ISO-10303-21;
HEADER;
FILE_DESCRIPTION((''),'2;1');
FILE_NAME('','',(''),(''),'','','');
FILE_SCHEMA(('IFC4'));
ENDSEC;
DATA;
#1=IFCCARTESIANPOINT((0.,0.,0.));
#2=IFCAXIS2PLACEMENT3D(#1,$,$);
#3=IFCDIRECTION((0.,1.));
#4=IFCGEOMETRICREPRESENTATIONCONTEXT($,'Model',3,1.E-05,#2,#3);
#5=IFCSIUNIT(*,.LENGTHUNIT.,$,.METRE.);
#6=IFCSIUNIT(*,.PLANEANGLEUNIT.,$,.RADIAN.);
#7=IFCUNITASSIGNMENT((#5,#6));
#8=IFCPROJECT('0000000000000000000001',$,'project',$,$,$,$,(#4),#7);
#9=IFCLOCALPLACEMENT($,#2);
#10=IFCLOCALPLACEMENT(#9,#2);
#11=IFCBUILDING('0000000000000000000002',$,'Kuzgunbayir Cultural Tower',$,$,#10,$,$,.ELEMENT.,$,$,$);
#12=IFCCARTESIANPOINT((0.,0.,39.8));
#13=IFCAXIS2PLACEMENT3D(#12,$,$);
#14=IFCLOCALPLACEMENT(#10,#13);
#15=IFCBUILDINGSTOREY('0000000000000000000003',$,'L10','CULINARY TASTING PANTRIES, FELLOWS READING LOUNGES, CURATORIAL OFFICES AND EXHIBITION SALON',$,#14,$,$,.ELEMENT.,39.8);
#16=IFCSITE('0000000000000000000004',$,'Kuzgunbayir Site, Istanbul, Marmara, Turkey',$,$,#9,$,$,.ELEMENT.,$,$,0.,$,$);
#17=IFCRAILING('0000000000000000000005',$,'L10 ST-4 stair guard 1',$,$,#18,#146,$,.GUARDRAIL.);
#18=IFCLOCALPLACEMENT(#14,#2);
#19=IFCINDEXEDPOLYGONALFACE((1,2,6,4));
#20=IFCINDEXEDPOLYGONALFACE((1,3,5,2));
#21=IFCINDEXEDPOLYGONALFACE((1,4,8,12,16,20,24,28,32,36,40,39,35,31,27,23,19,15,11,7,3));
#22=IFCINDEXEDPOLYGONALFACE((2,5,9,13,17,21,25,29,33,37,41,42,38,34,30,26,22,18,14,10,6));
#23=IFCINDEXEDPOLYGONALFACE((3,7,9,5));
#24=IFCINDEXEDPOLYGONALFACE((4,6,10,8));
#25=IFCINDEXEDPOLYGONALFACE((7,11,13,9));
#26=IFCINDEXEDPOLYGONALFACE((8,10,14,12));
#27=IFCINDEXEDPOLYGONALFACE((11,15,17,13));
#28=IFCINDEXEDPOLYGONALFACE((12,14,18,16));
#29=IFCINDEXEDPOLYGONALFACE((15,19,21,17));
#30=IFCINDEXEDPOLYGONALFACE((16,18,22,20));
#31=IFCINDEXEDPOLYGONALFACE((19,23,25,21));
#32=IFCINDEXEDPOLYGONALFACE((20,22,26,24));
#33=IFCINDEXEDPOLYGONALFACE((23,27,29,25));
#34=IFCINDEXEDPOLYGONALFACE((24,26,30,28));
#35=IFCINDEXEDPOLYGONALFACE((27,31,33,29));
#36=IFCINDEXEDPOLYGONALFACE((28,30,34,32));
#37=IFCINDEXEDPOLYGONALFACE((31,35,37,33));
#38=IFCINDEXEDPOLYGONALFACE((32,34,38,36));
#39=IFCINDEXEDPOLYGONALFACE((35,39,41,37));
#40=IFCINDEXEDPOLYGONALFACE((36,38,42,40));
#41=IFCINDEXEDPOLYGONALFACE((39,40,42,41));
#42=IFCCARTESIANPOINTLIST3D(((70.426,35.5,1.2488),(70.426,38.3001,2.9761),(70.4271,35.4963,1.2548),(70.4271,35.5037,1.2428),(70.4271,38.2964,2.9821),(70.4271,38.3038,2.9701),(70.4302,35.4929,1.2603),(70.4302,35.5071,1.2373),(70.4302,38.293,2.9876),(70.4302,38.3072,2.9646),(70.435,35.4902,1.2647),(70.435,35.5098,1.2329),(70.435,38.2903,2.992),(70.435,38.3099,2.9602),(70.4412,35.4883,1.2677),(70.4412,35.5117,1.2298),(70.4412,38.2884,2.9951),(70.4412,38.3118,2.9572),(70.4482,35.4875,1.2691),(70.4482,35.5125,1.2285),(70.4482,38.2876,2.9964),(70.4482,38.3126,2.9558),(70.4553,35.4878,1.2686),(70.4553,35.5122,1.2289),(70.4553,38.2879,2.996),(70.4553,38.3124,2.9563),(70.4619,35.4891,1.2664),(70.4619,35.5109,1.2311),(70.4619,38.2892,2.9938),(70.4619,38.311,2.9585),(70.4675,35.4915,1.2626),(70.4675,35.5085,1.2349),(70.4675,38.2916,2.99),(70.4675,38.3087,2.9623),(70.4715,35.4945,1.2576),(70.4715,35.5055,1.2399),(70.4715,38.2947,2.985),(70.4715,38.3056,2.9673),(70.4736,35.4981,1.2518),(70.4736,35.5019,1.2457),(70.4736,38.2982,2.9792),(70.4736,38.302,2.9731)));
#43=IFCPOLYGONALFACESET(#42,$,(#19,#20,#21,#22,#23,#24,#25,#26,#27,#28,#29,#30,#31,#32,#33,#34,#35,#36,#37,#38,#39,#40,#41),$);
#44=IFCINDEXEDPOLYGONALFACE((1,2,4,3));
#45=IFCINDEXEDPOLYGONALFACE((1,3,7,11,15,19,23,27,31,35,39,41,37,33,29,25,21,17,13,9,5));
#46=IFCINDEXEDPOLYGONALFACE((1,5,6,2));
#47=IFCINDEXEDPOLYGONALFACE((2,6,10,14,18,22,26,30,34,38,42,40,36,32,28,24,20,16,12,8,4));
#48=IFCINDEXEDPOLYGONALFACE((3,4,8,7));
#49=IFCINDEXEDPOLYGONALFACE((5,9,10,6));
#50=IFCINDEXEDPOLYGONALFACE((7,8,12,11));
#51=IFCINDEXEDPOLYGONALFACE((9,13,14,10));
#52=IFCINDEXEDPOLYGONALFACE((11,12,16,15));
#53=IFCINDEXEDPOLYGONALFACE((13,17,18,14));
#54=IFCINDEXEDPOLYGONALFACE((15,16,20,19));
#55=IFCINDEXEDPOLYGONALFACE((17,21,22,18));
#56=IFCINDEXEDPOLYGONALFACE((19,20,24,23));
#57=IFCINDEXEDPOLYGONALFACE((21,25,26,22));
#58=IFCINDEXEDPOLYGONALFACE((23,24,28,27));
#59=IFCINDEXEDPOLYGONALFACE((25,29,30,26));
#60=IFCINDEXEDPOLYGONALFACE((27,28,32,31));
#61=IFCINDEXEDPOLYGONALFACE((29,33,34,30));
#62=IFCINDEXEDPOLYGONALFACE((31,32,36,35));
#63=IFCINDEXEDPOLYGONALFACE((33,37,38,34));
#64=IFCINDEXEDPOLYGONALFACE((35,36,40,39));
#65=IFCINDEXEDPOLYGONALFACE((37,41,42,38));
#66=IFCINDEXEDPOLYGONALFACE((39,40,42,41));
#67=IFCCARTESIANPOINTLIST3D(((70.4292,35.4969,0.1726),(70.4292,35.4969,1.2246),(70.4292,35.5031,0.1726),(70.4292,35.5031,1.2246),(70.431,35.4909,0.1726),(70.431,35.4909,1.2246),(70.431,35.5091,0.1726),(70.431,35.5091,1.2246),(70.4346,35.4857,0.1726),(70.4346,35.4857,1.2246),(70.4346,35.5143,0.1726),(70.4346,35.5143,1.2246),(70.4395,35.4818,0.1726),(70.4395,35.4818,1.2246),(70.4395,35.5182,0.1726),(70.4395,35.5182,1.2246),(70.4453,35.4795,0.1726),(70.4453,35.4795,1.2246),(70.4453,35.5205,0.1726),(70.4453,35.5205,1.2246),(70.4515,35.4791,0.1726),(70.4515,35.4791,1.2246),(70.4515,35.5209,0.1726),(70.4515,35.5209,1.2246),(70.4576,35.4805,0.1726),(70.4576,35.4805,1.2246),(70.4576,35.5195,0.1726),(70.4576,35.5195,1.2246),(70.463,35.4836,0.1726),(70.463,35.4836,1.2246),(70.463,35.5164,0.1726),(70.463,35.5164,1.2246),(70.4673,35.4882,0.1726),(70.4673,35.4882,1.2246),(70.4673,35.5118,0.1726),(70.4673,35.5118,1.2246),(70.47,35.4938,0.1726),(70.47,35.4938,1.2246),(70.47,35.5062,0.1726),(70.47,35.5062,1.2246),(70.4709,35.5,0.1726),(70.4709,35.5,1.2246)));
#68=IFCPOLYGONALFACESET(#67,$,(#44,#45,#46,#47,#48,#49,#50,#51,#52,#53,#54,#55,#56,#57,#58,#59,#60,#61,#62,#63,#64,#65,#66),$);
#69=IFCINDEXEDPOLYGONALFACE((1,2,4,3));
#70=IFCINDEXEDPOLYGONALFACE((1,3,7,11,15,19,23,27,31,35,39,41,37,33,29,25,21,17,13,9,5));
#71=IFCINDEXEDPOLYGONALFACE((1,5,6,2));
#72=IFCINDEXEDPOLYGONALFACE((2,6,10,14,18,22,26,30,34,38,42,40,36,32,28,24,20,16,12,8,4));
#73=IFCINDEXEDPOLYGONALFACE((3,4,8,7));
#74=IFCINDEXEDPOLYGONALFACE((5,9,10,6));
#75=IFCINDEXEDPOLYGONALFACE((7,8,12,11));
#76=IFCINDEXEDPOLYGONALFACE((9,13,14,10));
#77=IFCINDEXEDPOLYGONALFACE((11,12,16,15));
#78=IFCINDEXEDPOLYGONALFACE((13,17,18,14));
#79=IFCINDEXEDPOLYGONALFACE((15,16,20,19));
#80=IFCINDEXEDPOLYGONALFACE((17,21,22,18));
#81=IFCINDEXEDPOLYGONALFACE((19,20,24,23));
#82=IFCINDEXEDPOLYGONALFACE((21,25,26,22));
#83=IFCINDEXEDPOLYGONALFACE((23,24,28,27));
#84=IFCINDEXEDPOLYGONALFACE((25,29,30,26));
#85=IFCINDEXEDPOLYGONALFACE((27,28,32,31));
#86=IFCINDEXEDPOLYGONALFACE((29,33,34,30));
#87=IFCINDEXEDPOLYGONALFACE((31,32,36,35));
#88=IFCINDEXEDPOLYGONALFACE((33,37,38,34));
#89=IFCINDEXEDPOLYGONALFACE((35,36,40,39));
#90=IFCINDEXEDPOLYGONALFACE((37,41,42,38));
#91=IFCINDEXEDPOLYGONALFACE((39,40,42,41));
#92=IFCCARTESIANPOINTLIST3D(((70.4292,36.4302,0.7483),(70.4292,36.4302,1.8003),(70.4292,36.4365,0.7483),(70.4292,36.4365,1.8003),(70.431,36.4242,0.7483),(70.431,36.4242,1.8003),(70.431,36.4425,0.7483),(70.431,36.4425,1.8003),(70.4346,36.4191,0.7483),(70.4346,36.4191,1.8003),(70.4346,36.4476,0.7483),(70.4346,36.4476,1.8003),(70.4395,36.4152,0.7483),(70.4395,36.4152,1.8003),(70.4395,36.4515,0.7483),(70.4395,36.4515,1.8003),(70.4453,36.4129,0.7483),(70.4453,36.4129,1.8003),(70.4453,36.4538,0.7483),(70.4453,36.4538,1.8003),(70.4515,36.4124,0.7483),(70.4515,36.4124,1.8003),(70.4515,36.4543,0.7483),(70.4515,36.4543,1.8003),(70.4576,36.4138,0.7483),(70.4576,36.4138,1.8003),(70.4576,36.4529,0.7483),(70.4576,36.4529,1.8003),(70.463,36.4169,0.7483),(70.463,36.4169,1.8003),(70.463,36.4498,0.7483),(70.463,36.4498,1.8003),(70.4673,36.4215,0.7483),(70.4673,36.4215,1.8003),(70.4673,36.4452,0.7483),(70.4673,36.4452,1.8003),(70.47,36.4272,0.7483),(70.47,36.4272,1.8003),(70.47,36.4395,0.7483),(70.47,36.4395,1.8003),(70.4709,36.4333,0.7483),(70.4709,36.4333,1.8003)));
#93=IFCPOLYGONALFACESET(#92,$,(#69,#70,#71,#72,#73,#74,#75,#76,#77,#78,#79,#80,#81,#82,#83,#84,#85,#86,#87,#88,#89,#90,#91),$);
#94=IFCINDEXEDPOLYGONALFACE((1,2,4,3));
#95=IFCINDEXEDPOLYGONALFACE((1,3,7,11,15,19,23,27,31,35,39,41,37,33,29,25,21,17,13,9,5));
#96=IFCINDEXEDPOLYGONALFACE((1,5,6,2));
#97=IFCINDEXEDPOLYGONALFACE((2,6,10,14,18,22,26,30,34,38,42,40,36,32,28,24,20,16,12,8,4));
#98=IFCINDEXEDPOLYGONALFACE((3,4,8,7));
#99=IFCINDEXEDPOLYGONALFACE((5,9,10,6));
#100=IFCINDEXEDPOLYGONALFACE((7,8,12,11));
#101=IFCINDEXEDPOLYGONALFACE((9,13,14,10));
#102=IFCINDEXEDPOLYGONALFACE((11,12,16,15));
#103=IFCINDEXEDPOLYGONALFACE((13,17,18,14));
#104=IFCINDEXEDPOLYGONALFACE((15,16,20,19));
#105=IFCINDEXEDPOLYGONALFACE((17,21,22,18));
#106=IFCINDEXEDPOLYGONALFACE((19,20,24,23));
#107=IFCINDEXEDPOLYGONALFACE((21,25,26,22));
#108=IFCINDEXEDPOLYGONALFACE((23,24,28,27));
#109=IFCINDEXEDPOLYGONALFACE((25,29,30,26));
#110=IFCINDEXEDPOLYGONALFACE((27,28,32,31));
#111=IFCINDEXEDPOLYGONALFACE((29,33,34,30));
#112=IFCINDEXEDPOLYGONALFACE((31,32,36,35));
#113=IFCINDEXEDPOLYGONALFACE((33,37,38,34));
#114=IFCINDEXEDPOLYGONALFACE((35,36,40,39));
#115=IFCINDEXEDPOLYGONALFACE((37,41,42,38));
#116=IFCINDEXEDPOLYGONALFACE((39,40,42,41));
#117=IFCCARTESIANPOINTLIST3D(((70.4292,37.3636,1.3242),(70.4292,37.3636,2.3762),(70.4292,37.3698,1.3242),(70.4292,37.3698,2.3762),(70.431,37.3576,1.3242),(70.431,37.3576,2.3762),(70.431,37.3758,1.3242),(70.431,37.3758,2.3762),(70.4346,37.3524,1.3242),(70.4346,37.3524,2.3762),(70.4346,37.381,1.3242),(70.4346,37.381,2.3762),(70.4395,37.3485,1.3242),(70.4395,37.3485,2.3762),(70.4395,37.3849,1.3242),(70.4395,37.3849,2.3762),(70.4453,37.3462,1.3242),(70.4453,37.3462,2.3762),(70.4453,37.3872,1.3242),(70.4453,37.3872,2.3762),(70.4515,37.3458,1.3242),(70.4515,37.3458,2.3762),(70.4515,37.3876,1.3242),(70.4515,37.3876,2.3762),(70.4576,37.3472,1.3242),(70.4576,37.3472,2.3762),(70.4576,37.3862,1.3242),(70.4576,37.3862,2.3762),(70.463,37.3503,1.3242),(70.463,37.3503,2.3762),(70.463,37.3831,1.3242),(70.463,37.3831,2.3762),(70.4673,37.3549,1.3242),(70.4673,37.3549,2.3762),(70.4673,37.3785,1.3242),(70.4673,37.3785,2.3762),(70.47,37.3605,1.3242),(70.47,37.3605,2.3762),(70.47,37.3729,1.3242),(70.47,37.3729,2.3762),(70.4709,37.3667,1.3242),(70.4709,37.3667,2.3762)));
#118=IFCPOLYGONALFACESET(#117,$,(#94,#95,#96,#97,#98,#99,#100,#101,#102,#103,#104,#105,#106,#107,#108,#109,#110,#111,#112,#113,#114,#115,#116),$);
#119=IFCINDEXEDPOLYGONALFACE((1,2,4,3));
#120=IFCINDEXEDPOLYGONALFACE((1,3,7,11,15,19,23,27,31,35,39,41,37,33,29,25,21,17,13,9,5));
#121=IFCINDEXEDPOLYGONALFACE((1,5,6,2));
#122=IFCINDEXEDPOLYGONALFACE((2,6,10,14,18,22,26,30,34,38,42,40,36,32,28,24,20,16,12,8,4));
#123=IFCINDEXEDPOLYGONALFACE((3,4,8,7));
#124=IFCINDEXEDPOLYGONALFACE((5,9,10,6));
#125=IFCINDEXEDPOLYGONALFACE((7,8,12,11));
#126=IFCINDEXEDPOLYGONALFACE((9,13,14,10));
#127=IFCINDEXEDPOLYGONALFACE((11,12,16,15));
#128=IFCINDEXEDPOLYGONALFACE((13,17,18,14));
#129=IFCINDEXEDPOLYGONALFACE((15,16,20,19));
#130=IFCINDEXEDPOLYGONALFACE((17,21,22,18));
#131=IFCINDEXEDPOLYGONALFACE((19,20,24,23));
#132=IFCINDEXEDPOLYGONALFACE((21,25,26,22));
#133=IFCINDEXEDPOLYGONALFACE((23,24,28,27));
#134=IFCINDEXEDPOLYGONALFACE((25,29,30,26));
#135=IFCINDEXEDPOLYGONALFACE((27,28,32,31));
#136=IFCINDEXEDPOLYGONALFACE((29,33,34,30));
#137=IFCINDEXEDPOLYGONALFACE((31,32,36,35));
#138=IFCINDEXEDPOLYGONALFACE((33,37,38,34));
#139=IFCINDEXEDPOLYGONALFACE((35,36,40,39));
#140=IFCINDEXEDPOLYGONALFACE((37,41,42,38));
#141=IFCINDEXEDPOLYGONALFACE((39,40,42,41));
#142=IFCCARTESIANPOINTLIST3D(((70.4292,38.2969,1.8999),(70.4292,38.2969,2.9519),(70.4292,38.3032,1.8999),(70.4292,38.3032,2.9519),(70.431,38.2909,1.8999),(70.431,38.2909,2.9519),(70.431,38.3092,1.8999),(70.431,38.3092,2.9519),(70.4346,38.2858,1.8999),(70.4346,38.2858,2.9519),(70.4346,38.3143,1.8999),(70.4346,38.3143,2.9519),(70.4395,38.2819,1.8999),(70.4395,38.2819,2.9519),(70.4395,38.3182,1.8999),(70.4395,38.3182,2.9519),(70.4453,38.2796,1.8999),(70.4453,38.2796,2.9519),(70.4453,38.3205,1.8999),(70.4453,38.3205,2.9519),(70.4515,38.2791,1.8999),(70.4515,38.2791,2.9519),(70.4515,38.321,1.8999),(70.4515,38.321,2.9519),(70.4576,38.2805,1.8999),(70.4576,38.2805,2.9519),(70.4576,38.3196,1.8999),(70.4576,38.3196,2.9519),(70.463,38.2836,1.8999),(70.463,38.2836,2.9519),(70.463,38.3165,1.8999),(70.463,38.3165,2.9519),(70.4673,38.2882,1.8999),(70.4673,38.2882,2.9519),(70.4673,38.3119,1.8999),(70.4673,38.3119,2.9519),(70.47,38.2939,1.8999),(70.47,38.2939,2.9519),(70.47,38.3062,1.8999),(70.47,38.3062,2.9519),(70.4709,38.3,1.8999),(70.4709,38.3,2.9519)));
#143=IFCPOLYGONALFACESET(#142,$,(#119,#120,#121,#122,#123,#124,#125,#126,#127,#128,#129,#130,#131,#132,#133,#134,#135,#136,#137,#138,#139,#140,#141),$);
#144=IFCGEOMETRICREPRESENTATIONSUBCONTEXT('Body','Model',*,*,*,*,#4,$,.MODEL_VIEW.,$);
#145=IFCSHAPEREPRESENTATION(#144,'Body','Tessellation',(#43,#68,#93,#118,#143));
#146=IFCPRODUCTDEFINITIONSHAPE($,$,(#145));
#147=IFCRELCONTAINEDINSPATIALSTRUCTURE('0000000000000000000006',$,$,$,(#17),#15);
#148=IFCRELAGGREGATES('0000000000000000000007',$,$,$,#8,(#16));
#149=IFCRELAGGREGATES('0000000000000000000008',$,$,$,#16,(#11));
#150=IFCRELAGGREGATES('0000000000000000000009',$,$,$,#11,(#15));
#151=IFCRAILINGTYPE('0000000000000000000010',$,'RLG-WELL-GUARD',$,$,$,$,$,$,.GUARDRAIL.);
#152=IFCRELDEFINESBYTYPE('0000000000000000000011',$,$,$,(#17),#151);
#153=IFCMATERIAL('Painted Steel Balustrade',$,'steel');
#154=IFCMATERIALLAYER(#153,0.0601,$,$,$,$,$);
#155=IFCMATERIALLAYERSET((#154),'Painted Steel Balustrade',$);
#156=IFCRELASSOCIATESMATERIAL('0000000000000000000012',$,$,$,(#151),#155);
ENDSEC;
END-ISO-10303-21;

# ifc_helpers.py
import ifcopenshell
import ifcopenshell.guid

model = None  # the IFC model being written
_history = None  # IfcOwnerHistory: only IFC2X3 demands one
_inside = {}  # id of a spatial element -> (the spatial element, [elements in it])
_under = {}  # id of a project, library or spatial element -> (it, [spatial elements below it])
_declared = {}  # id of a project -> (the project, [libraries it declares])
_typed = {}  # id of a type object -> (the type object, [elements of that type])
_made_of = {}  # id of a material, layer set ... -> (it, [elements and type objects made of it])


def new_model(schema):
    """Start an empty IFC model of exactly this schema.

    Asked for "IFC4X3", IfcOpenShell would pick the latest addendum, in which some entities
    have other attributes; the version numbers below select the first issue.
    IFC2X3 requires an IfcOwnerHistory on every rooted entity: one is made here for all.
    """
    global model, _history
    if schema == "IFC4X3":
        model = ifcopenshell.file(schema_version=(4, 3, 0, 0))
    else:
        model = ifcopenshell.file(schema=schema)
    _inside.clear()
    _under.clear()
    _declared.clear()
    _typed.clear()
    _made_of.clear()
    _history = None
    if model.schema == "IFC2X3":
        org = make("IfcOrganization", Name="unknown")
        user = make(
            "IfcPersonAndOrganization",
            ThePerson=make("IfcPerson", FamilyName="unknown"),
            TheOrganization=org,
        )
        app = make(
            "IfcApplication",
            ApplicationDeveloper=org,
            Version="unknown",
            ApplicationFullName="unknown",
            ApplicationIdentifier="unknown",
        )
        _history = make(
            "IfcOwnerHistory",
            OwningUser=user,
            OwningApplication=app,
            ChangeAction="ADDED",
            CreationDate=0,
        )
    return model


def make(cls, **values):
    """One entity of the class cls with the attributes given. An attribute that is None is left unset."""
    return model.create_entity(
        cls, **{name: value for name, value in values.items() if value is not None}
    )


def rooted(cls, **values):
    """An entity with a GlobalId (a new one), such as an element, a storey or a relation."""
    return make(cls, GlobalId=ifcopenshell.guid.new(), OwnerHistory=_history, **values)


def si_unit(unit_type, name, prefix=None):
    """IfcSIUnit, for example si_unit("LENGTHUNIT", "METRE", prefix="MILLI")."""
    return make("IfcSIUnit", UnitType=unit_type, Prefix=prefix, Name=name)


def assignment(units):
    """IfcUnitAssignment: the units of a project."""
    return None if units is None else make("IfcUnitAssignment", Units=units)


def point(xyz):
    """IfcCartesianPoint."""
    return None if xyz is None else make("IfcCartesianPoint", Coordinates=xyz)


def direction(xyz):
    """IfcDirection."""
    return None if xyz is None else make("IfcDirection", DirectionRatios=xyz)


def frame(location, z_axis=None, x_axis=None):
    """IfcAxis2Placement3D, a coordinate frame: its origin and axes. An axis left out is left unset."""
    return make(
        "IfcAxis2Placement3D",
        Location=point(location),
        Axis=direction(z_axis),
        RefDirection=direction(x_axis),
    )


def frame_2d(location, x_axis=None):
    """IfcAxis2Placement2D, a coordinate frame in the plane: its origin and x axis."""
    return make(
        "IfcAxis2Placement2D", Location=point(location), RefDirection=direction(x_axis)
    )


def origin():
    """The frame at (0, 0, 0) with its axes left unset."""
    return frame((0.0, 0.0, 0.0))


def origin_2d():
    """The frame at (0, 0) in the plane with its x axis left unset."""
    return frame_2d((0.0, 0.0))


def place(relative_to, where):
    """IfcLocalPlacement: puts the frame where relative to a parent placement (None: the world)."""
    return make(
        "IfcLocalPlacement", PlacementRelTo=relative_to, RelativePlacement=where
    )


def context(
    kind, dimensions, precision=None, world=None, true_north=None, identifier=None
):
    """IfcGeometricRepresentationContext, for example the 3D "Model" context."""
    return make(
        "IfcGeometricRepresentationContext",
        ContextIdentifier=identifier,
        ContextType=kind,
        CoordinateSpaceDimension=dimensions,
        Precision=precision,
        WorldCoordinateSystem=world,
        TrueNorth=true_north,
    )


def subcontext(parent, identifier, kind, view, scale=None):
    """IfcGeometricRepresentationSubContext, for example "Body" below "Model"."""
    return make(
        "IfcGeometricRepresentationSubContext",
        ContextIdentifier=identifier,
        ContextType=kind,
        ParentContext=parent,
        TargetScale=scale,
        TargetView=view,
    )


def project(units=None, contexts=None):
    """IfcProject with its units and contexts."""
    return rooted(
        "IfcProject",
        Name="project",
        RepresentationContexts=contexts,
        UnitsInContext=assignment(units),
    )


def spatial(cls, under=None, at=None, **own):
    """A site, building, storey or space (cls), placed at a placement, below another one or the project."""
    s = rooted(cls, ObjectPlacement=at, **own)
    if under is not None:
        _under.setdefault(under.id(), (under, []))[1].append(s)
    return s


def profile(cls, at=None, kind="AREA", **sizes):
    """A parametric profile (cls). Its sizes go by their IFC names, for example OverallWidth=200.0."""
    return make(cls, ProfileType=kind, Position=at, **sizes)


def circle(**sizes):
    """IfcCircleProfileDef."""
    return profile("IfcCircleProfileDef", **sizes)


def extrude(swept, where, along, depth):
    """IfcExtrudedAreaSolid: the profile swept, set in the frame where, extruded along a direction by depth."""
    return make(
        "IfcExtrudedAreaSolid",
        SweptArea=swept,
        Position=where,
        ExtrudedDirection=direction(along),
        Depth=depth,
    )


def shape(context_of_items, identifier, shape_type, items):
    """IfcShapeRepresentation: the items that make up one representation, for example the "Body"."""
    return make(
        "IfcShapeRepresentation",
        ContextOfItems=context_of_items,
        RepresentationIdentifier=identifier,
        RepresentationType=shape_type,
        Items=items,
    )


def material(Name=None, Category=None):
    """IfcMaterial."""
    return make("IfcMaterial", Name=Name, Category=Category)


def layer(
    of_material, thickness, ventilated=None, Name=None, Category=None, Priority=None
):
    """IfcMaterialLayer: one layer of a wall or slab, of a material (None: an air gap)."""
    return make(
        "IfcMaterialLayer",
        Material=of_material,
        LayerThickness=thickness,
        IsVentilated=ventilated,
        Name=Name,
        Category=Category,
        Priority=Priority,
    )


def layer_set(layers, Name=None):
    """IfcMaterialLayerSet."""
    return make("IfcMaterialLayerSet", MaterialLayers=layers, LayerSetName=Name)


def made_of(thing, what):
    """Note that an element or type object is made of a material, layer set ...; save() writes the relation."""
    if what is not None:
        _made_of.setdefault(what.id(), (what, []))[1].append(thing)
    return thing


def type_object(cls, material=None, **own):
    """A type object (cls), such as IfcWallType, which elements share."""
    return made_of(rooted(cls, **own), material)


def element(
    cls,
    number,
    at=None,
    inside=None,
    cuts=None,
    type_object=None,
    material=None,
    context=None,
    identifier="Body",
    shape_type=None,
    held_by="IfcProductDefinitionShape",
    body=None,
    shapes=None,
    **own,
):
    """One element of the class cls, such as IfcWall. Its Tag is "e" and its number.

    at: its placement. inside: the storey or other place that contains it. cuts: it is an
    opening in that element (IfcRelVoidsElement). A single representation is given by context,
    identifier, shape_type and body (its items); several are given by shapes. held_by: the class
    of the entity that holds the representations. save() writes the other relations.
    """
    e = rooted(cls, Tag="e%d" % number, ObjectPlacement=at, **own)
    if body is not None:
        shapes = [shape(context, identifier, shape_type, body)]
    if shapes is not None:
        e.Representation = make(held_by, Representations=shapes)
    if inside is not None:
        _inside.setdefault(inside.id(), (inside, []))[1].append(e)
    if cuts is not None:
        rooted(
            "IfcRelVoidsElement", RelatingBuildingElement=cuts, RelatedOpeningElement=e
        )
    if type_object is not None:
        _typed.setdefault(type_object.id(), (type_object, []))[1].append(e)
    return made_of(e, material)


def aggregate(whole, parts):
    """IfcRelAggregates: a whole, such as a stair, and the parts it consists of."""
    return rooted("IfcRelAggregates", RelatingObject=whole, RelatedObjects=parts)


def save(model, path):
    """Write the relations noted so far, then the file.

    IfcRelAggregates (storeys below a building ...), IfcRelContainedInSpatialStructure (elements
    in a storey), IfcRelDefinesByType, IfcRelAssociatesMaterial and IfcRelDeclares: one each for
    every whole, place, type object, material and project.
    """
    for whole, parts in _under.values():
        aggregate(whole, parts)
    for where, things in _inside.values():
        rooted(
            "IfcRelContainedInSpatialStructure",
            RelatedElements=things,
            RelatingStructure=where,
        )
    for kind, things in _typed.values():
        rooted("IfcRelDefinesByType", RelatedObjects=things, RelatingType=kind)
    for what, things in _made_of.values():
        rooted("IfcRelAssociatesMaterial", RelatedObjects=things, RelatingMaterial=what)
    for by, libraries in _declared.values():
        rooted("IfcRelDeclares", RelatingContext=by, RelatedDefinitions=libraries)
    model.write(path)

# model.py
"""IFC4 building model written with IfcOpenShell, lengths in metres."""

from ifc_helpers import new_model, si_unit, direction, frame, origin, origin_2d, place, context, subcontext, project, spatial, circle, extrude, material, layer, layer_set, type_object, element, save


model = new_model("IFC4")

# Units and contexts
model_context = context("Model", 3, precision=1e-05, world=origin(), true_north=direction((0.0, 1.0)))
body_context = subcontext(model_context, "Body", "Model", "MODEL_VIEW")
ifc_project = project(units=[si_unit("LENGTHUNIT", "METRE"), si_unit("PLANEANGLEUNIT", "RADIAN")], contexts=[model_context])

# Site, building, storey
site_placement = place(None, origin())
site = spatial("IfcSite", under=ifc_project, at=site_placement, Name="Kuzgunbayir Site, Istanbul, Marmara, Turkey", CompositionType="ELEMENT", RefElevation=0.0)
building_placement = place(site_placement, origin())
building = spatial("IfcBuilding", under=site, at=building_placement, Name="Kuzgunbayir Cultural Tower", CompositionType="ELEMENT")
storey_placement = place(building_placement, frame((0.0, 0.0, 39.8)))
storey = spatial("IfcBuildingStorey", under=building, at=storey_placement, Name="L10", Description="CULINARY TASTING PANTRIES, FELLOWS READING LOUNGES, CURATORIAL OFFICES AND EXHIBITION SALON", CompositionType="ELEMENT", Elevation=39.8)

# Railing
ifc_material_1 = material(Name="Painted Steel Balustrade", Category="steel")
ifc_layer_1 = layer(ifc_material_1, 0.0601)
ifc_layer_set_1 = layer_set([ifc_layer_1], Name="Painted Steel Balustrade")
railing_type = type_object("IfcRailingType", Name="RLG-WELL-GUARD", PredefinedType="GUARDRAIL", material=ifc_layer_set_1)
railing_1_placement = place(storey_placement, frame((70.45, 35.5, 0.1726)))
element("IfcRailing", 1, at=railing_1_placement, inside=storey, type_object=railing_type, Name="L10 ST-4 stair guard 1", PredefinedType="GUARDRAIL", context=body_context, shape_type="SweptSolid", body=[
    extrude(circle(Radius=0.0239, at=origin_2d()), frame((0.0, 0.0, 1.0762), z_axis=(0.0, 0.85109, 0.52502), x_axis=(-1.0, 0.0, 0.0)), (0.0, 0.0, 1.0), 3.29),
    extrude(circle(Radius=0.021, at=origin_2d()), origin(), (0.0, 0.0, 1.0), 1.052),
    extrude(circle(Radius=0.021, at=origin_2d()), frame((0.0, 0.9333, 0.5757)), (0.0, 0.0, 1.0), 1.052),
    extrude(circle(Radius=0.021, at=origin_2d()), frame((0.0, 1.8667, 1.1516)), (0.0, 0.0, 1.0), 1.052),
    extrude(circle(Radius=0.021, at=origin_2d()), frame((0.0, 2.8, 1.7273)), (0.0, 0.0, 1.0), 1.052),
])

save(model, "model.ifc")
